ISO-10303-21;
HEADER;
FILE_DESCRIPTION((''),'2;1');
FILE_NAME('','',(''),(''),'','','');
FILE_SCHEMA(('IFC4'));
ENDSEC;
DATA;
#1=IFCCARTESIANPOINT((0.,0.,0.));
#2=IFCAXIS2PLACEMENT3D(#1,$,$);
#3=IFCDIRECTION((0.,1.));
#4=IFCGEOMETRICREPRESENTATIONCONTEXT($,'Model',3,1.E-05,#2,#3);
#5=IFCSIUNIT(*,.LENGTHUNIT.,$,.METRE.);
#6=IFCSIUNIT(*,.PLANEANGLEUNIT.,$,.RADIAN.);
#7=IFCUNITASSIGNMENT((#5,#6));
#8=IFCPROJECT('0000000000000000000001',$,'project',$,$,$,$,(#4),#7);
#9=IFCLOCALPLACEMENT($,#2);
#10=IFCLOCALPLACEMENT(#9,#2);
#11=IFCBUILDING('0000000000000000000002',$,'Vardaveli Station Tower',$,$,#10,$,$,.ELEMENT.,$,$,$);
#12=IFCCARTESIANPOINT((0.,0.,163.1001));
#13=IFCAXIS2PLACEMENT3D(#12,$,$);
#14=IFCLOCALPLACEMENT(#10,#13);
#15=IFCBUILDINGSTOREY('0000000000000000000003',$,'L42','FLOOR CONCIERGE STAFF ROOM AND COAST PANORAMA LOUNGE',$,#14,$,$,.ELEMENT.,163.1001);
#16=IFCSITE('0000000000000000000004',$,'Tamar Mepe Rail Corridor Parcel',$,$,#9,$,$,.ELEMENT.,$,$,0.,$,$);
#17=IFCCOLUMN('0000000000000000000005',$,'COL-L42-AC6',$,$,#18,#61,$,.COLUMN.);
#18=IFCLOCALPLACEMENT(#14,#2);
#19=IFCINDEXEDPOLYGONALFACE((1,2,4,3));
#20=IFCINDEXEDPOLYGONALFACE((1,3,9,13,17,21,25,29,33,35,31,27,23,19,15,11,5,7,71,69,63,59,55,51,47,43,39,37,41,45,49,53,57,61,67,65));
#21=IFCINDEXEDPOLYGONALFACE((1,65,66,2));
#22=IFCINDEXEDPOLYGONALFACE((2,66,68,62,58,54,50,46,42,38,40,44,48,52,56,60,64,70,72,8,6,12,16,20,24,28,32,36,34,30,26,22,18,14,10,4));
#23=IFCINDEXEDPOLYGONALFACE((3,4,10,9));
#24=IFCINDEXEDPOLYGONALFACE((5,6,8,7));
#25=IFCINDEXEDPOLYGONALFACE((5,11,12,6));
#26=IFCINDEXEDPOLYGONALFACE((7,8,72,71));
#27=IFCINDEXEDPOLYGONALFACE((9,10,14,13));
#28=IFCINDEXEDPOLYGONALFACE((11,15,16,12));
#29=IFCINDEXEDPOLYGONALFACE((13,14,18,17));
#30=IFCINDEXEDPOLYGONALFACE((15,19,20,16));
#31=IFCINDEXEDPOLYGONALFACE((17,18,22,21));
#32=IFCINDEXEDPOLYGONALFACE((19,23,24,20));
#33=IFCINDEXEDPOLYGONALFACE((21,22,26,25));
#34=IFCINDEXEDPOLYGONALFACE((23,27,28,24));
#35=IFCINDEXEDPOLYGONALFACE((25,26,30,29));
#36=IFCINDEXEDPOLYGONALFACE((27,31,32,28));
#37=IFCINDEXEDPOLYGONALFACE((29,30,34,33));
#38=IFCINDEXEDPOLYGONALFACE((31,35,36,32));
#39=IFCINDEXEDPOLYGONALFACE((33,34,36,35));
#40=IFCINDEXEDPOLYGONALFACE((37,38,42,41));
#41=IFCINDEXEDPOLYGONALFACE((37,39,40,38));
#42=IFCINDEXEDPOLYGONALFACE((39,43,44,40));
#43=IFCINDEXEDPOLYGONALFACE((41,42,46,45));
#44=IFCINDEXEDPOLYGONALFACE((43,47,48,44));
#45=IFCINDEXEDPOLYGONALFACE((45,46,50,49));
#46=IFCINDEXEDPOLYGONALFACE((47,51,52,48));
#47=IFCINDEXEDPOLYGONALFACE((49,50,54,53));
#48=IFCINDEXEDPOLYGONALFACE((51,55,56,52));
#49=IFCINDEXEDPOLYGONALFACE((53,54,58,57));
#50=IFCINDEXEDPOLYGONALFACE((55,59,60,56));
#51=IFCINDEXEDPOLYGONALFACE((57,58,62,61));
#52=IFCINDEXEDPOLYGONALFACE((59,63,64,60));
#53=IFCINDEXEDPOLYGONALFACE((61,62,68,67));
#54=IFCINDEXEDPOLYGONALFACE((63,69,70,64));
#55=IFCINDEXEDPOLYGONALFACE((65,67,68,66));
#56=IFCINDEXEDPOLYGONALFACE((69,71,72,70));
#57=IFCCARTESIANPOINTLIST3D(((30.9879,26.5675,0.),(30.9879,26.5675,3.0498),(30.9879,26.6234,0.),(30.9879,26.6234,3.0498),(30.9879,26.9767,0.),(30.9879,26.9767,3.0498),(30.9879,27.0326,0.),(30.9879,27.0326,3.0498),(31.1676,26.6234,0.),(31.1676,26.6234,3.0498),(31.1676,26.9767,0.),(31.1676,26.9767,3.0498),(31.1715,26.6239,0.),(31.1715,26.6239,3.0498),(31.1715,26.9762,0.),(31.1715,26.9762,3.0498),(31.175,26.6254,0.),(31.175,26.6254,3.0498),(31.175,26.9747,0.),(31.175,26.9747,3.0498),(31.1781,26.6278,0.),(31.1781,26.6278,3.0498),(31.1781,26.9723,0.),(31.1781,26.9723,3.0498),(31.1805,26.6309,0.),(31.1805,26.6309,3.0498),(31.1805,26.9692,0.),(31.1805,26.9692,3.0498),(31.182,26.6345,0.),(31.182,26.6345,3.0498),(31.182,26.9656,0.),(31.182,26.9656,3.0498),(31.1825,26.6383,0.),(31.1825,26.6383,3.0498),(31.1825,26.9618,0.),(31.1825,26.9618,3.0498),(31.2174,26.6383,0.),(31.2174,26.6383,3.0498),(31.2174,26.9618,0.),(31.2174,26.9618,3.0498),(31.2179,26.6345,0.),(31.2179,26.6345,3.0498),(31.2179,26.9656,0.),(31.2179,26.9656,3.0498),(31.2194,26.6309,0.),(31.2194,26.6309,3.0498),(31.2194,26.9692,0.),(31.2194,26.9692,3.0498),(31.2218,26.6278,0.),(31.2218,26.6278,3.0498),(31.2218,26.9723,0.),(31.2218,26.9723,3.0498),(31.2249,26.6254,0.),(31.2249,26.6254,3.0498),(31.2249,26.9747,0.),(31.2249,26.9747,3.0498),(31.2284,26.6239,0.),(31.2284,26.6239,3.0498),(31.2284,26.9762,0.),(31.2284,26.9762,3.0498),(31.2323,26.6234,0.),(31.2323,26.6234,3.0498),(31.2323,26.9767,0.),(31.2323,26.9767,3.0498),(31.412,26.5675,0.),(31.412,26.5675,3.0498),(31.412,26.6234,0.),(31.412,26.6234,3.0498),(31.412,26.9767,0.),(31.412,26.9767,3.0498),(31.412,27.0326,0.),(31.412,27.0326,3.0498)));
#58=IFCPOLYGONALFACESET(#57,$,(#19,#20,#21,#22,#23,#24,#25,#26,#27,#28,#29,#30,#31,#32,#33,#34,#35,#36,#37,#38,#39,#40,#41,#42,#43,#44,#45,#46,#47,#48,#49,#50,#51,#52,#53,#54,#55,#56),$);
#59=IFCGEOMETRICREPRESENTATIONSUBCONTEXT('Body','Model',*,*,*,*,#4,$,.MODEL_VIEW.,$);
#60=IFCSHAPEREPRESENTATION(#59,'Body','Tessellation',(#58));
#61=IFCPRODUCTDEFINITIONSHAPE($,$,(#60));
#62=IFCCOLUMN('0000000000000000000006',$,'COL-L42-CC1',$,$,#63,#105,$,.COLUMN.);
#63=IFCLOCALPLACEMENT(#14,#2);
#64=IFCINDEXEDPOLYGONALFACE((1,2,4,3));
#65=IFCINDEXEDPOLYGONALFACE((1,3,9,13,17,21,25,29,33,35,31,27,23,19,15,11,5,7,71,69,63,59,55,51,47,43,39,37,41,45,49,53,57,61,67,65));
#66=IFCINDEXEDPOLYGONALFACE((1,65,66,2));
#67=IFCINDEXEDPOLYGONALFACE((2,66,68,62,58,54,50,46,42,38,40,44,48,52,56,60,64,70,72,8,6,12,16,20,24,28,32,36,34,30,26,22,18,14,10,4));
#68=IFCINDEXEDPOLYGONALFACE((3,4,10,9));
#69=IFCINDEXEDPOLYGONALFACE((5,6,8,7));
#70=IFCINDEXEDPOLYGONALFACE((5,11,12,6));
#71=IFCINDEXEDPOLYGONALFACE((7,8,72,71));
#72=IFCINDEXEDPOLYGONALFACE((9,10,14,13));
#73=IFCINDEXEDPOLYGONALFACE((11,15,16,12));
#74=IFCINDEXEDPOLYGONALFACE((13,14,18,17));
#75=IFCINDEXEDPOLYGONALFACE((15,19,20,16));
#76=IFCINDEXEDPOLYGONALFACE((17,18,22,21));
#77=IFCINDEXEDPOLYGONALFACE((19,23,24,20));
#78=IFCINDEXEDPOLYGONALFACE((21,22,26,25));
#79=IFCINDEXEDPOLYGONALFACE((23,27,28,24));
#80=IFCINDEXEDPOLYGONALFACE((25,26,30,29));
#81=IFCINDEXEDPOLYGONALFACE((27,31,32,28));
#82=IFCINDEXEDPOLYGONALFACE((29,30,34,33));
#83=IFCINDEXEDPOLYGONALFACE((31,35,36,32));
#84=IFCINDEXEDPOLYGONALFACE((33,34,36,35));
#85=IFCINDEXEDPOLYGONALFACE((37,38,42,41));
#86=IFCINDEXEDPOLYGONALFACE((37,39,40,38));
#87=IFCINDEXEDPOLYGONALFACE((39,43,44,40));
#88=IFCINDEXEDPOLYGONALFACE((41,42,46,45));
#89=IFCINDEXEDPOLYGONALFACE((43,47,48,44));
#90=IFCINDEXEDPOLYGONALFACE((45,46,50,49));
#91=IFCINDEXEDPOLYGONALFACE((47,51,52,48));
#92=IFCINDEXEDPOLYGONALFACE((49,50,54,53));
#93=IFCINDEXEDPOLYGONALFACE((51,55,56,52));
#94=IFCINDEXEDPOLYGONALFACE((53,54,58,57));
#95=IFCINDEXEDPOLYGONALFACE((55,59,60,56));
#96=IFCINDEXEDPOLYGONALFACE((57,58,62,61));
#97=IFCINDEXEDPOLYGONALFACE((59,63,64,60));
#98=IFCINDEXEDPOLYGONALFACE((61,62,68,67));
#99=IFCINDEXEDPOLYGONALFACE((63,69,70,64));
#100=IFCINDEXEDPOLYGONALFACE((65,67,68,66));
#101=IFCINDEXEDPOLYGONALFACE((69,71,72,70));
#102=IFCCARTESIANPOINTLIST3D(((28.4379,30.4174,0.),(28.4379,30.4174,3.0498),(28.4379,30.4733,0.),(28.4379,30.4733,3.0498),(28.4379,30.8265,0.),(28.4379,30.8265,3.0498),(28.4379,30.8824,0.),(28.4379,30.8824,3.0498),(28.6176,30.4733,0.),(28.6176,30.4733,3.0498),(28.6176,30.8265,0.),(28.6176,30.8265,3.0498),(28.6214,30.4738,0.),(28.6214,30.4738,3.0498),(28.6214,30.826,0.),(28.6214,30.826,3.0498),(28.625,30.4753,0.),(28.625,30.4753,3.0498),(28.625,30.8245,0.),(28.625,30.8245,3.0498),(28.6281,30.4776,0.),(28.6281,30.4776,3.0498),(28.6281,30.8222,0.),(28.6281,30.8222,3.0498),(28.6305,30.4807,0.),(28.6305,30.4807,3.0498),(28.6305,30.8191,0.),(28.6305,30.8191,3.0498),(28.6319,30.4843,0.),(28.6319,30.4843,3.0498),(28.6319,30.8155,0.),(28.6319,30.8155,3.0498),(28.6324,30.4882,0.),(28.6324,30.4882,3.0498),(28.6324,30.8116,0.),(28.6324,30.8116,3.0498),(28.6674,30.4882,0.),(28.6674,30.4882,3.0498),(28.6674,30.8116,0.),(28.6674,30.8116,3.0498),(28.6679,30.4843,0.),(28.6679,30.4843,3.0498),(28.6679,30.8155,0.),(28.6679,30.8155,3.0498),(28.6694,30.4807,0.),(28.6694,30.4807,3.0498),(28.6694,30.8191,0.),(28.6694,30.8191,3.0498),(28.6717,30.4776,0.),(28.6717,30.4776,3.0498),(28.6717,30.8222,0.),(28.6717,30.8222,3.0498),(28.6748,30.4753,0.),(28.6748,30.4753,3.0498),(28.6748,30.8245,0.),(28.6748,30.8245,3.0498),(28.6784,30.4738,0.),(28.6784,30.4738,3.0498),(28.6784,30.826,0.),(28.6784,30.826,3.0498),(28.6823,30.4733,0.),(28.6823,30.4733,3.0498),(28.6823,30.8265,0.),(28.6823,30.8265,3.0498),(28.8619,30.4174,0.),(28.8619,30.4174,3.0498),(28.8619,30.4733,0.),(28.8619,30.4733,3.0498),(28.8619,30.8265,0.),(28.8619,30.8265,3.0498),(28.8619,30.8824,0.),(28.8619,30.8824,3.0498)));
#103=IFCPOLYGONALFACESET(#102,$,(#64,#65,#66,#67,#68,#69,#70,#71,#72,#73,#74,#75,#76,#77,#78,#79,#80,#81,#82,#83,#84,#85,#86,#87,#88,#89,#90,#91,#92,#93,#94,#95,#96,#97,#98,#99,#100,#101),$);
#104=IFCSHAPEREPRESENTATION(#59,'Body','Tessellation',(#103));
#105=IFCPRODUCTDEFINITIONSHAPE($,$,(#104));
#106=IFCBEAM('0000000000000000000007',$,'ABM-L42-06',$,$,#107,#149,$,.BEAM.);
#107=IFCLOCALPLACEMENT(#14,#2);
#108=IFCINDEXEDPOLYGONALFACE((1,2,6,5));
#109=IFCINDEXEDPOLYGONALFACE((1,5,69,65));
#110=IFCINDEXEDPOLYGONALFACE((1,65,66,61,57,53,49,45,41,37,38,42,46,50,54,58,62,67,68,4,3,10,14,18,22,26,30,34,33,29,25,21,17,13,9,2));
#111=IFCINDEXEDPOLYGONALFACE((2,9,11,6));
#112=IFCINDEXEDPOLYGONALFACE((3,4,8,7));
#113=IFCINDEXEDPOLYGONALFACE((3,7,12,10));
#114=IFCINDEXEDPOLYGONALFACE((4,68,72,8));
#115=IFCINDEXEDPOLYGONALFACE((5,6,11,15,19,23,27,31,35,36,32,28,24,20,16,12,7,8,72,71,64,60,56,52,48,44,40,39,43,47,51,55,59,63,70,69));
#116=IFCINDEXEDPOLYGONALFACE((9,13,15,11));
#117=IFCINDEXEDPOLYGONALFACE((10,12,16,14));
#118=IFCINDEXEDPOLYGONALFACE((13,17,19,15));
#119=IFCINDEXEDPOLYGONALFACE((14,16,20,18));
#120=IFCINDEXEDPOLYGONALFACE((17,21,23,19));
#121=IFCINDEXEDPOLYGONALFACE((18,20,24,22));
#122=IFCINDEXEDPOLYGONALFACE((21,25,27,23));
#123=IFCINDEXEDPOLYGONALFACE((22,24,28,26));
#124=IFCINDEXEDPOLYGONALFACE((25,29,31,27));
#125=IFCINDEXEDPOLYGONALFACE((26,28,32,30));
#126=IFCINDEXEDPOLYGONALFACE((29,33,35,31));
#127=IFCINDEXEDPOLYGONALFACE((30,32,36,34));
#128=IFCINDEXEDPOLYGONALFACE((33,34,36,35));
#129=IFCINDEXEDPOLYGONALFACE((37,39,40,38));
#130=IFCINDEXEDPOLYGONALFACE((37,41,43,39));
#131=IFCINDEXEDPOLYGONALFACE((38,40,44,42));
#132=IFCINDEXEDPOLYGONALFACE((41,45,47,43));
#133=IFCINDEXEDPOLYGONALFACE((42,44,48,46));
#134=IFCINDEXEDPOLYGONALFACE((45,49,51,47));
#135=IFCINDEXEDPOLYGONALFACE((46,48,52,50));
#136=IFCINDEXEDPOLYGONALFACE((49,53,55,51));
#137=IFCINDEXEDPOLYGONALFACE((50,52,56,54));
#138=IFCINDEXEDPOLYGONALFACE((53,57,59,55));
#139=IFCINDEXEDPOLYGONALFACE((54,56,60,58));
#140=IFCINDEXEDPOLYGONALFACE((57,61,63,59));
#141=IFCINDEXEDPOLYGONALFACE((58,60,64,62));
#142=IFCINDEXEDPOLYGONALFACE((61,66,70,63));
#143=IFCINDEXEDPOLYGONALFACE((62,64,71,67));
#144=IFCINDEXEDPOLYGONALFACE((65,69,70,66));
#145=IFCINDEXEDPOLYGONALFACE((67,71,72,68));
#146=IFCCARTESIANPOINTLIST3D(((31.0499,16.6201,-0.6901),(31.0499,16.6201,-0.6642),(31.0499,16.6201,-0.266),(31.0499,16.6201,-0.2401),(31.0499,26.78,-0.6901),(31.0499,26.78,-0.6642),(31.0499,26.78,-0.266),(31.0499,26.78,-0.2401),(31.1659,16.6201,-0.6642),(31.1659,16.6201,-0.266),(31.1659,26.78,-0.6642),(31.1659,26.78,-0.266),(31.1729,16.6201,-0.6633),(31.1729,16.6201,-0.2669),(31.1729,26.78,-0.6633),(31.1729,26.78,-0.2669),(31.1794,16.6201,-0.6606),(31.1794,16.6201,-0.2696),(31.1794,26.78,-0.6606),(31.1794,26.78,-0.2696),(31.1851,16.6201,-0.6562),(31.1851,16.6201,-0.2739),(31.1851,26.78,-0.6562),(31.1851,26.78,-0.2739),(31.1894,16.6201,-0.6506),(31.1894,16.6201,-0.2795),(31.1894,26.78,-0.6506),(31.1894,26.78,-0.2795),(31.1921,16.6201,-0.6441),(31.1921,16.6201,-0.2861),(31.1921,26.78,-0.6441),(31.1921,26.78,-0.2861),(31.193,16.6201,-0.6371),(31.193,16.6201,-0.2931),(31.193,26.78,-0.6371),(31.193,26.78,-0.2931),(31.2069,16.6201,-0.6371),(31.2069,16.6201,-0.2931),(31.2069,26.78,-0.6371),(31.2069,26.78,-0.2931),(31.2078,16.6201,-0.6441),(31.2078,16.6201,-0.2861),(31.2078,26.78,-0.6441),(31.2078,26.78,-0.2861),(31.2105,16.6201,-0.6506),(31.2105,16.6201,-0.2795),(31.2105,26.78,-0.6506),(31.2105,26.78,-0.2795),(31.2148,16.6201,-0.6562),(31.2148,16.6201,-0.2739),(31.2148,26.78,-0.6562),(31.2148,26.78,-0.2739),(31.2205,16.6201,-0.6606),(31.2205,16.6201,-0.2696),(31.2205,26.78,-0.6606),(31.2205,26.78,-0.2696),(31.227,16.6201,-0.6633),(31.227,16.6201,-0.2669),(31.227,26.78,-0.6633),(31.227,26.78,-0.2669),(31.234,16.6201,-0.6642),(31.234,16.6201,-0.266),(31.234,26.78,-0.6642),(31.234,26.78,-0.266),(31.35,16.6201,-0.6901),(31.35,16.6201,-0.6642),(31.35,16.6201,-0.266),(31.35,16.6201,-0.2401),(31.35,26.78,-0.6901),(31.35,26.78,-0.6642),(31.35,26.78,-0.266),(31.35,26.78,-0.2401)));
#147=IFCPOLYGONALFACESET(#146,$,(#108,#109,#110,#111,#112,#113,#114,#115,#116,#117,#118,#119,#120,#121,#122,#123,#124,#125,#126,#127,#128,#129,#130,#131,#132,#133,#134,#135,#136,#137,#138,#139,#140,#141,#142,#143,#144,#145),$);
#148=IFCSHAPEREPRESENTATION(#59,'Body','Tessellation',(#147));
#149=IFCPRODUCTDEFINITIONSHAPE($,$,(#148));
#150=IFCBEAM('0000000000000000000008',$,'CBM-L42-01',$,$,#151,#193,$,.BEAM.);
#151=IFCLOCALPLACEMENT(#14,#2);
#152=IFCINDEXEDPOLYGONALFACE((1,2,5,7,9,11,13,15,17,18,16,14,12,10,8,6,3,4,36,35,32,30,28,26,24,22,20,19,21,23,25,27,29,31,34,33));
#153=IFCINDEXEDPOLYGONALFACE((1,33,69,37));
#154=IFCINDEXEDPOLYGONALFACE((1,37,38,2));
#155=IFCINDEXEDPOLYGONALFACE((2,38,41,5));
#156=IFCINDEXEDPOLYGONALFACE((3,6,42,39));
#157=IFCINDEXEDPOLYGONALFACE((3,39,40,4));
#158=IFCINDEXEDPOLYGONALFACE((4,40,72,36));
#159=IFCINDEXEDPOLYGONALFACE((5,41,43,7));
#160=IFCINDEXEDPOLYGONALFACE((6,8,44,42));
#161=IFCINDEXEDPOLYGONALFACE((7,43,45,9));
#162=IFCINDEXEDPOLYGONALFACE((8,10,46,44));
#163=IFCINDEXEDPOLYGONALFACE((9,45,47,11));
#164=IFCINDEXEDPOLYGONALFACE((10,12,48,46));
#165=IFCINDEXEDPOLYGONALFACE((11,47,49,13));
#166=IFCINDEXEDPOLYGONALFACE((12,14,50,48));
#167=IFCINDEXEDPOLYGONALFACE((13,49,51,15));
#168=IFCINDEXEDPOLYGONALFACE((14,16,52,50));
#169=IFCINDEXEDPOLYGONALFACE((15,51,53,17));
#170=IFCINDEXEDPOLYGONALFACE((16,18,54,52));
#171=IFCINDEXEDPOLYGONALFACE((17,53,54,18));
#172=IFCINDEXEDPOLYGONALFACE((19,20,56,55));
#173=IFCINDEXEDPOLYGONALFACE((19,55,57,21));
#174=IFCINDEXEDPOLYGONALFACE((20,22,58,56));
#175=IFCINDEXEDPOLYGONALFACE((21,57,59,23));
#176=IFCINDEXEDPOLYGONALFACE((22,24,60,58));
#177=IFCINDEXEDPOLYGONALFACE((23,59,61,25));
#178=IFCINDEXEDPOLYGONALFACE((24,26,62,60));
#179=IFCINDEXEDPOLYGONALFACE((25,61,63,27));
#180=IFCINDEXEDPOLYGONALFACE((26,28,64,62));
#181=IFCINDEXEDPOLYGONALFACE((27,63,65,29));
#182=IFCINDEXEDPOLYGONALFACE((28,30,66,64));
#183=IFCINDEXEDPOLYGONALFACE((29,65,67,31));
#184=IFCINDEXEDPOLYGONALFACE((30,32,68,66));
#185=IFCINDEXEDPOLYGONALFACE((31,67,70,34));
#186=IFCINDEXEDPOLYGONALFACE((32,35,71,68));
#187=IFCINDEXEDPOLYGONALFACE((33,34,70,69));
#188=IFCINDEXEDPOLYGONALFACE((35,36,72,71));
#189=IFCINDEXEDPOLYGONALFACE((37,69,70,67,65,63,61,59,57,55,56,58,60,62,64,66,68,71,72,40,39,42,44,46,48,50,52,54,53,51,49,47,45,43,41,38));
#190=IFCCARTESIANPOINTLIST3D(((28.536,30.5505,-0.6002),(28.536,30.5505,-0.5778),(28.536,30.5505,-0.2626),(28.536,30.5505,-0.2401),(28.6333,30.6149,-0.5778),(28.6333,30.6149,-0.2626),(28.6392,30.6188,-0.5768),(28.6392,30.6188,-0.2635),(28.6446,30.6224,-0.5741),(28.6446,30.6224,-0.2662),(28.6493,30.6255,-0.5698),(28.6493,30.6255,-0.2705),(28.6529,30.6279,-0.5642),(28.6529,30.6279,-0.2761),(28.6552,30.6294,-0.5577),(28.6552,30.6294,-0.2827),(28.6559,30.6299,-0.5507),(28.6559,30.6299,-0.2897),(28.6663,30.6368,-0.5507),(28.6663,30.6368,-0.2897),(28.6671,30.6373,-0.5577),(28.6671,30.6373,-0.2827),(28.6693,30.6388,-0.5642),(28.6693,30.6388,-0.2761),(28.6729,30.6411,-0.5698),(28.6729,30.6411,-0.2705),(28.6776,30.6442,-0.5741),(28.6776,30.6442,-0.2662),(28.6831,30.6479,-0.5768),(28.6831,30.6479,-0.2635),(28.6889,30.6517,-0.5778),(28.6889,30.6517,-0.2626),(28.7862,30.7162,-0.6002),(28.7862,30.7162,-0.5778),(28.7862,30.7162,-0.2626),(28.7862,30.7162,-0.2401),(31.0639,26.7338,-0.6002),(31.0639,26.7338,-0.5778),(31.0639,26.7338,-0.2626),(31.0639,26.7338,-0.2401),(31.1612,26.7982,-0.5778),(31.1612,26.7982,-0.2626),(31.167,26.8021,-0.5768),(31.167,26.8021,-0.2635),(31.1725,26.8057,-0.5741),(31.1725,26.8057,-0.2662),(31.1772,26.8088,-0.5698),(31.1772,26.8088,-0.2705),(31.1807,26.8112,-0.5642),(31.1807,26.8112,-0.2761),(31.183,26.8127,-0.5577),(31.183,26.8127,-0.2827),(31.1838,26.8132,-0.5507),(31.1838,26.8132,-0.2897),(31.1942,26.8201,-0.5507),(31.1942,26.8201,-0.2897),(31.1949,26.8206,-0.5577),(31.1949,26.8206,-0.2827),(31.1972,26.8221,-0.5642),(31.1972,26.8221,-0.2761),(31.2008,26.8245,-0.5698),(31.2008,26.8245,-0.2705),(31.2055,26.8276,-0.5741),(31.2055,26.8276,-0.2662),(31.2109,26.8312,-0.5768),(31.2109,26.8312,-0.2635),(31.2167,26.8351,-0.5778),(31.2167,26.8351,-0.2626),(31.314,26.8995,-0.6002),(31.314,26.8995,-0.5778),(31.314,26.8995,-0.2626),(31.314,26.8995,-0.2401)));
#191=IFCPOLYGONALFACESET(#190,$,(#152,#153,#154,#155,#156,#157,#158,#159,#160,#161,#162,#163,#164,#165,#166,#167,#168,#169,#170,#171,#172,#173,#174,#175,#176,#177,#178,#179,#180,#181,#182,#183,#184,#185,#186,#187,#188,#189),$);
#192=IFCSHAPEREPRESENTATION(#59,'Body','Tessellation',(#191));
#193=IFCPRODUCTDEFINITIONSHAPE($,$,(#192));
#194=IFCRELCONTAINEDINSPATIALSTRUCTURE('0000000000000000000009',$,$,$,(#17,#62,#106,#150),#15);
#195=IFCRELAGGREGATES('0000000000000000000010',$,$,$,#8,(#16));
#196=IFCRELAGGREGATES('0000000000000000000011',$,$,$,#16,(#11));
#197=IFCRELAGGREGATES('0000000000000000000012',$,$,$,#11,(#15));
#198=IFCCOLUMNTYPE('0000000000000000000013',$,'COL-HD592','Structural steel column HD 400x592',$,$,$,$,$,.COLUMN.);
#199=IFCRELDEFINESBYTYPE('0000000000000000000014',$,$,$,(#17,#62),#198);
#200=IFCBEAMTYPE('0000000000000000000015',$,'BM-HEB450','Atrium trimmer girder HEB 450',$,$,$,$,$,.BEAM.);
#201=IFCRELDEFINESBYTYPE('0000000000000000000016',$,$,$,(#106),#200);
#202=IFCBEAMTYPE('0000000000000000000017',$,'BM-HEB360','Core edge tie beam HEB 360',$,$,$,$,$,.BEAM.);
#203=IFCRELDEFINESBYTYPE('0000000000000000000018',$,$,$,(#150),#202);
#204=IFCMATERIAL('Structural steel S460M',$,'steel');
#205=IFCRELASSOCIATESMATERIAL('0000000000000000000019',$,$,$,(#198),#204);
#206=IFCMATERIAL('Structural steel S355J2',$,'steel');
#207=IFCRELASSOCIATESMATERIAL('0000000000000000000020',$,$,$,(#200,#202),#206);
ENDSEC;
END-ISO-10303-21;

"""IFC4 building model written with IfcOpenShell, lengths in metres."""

from ifc_helpers import new_model, si_unit, direction, frame, origin, origin_2d, place, context, subcontext, project, spatial, i_section, extrude, source, transform, mapped, material, material_profile, profile_set, type_object, element, save


model = new_model("IFC4")

# Units and contexts
model_context = context("Model", 3, precision=1e-05, world=origin(), true_north=direction((0.0, 1.0)))
body_context = subcontext(model_context, "Body", "Model", "MODEL_VIEW")
ifc_project = project(units=[si_unit("LENGTHUNIT", "METRE"), si_unit("PLANEANGLEUNIT", "RADIAN")], contexts=[model_context])

# Site, building, storey
site_placement = place(None, origin())
site = spatial("IfcSite", under=ifc_project, at=site_placement, Name="Tamar Mepe Rail Corridor Parcel", CompositionType="ELEMENT", RefElevation=0.0)
building_placement = place(site_placement, origin())
building = spatial("IfcBuilding", under=site, at=building_placement, Name="Vardaveli Station Tower", CompositionType="ELEMENT")
storey_placement = place(building_placement, frame((0.0, 0.0, 163.1001)))
storey = spatial("IfcBuildingStorey", under=building, at=storey_placement, Name="L42", Description="FLOOR CONCIERGE STAFF ROOM AND COAST PANORAMA LOUNGE", CompositionType="ELEMENT", Elevation=163.1001)

# Columns
ifc_material_1 = material(Name="Structural steel S460M", Category="steel")
ifc_material_profile_1 = material_profile(ifc_material_1, i_section(OverallWidth=0.4241, OverallDepth=0.4651, WebThickness=0.0349, FlangeThickness=0.0559, FilletRadius=0.0149, at=origin_2d()), Name="HD 400x592")
ifc_profile_set_1 = profile_set([ifc_material_profile_1], Name="Structural steel S460M")
column_type = type_object("IfcColumnType", Name="COL-HD592", Description="Structural steel column HD 400x592", PredefinedType="COLUMN", material=ifc_profile_set_1)
shared_shape_1 = source(origin(), body_context, "Body", "SweptSolid", [
    extrude(i_section(OverallWidth=0.4241, OverallDepth=0.4651, WebThickness=0.0349, FlangeThickness=0.0559, FilletRadius=0.0149, at=origin_2d()), origin(), (0.0, 0.0, 1.0), 3.0498),
])
for number, where, z_axis, x_axis, name in (
    (1, (31.2, 26.8, 0.0), (0.0, 0.0, 1.0), (1.0, 0.0, 0.0), "COL-L42-AC6"),
    (2, (28.6499, 30.6499, 0.0), (0.0, 0.0, 1.0), (1.0, 0.0, 0.0), "COL-L42-CC1"),
):
    element("IfcColumn", number, at=place(storey_placement, frame(where, z_axis=z_axis, x_axis=x_axis)), inside=storey, type_object=column_type, Name=name, PredefinedType="COLUMN", context=body_context, shape_type="MappedRepresentation", body=[
        mapped(shared_shape_1, transform((0.0, 0.0, 0.0), scale=1.0)),
    ])

# Beams
ifc_material_2 = material(Name="Structural steel S355J2", Category="steel")
ifc_material_profile_2 = material_profile(ifc_material_2, i_section(OverallWidth=0.3, OverallDepth=0.45, WebThickness=0.0139, FlangeThickness=0.0259, FilletRadius=0.0271, at=origin_2d()), Name="HEB 450")
ifc_profile_set_2 = profile_set([ifc_material_profile_2], Name="Structural steel S355J2")
beam_type_1 = type_object("IfcBeamType", Name="BM-HEB450", Description="Atrium trimmer girder HEB 450", PredefinedType="BEAM", material=ifc_profile_set_2)
shared_shape_2 = source(origin(), body_context, "Body", "SweptSolid", [
    extrude(i_section(OverallWidth=0.3, OverallDepth=0.45, WebThickness=0.0139, FlangeThickness=0.0259, FilletRadius=0.0271, at=origin_2d()), origin(), (0.0, 0.0, 1.0), 10.1599),
])
beam_1_placement = place(storey_placement, frame((31.2, 26.78, -0.4651), z_axis=(0.0, -1.0, 0.0), x_axis=(1.0, 0.0, 0.0)))
element("IfcBeam", 3, at=beam_1_placement, inside=storey, type_object=beam_type_1, Name="ABM-L42-06", PredefinedType="BEAM", context=body_context, shape_type="MappedRepresentation", body=[
    mapped(shared_shape_2, transform((0.0, 0.0, 0.0), scale=1.0)),
])
ifc_material_profile_3 = material_profile(ifc_material_2, i_section(OverallWidth=0.3, OverallDepth=0.3601, WebThickness=0.0125, FlangeThickness=0.0225, FilletRadius=0.0271, at=origin_2d()), Name="HEB 360")
ifc_profile_set_3 = profile_set([ifc_material_profile_3], Name="Structural steel S355J2")
beam_type_2 = type_object("IfcBeamType", Name="BM-HEB360", Description="Core edge tie beam HEB 360", PredefinedType="BEAM", material=ifc_profile_set_3)
shared_shape_3 = source(origin(), body_context, "Body", "SweptSolid", [
    extrude(i_section(OverallWidth=0.3, OverallDepth=0.3601, WebThickness=0.0125, FlangeThickness=0.0225, FilletRadius=0.0271, at=origin_2d()), origin(), (0.0, 0.0, 1.0), 4.5779),
])
beam_2_placement = place(storey_placement, frame((31.189, 26.8167, -0.4202), z_axis=(-0.552187, 0.83372, 0.0), x_axis=(-0.83372, -0.552187, 0.0)))
element("IfcBeam", 4, at=beam_2_placement, inside=storey, type_object=beam_type_2, Name="CBM-L42-01", PredefinedType="BEAM", context=body_context, shape_type="MappedRepresentation", body=[
    mapped(shared_shape_3, transform((0.0, 0.0, 0.0), scale=1.0)),
])

save(model, "model.ifc")
